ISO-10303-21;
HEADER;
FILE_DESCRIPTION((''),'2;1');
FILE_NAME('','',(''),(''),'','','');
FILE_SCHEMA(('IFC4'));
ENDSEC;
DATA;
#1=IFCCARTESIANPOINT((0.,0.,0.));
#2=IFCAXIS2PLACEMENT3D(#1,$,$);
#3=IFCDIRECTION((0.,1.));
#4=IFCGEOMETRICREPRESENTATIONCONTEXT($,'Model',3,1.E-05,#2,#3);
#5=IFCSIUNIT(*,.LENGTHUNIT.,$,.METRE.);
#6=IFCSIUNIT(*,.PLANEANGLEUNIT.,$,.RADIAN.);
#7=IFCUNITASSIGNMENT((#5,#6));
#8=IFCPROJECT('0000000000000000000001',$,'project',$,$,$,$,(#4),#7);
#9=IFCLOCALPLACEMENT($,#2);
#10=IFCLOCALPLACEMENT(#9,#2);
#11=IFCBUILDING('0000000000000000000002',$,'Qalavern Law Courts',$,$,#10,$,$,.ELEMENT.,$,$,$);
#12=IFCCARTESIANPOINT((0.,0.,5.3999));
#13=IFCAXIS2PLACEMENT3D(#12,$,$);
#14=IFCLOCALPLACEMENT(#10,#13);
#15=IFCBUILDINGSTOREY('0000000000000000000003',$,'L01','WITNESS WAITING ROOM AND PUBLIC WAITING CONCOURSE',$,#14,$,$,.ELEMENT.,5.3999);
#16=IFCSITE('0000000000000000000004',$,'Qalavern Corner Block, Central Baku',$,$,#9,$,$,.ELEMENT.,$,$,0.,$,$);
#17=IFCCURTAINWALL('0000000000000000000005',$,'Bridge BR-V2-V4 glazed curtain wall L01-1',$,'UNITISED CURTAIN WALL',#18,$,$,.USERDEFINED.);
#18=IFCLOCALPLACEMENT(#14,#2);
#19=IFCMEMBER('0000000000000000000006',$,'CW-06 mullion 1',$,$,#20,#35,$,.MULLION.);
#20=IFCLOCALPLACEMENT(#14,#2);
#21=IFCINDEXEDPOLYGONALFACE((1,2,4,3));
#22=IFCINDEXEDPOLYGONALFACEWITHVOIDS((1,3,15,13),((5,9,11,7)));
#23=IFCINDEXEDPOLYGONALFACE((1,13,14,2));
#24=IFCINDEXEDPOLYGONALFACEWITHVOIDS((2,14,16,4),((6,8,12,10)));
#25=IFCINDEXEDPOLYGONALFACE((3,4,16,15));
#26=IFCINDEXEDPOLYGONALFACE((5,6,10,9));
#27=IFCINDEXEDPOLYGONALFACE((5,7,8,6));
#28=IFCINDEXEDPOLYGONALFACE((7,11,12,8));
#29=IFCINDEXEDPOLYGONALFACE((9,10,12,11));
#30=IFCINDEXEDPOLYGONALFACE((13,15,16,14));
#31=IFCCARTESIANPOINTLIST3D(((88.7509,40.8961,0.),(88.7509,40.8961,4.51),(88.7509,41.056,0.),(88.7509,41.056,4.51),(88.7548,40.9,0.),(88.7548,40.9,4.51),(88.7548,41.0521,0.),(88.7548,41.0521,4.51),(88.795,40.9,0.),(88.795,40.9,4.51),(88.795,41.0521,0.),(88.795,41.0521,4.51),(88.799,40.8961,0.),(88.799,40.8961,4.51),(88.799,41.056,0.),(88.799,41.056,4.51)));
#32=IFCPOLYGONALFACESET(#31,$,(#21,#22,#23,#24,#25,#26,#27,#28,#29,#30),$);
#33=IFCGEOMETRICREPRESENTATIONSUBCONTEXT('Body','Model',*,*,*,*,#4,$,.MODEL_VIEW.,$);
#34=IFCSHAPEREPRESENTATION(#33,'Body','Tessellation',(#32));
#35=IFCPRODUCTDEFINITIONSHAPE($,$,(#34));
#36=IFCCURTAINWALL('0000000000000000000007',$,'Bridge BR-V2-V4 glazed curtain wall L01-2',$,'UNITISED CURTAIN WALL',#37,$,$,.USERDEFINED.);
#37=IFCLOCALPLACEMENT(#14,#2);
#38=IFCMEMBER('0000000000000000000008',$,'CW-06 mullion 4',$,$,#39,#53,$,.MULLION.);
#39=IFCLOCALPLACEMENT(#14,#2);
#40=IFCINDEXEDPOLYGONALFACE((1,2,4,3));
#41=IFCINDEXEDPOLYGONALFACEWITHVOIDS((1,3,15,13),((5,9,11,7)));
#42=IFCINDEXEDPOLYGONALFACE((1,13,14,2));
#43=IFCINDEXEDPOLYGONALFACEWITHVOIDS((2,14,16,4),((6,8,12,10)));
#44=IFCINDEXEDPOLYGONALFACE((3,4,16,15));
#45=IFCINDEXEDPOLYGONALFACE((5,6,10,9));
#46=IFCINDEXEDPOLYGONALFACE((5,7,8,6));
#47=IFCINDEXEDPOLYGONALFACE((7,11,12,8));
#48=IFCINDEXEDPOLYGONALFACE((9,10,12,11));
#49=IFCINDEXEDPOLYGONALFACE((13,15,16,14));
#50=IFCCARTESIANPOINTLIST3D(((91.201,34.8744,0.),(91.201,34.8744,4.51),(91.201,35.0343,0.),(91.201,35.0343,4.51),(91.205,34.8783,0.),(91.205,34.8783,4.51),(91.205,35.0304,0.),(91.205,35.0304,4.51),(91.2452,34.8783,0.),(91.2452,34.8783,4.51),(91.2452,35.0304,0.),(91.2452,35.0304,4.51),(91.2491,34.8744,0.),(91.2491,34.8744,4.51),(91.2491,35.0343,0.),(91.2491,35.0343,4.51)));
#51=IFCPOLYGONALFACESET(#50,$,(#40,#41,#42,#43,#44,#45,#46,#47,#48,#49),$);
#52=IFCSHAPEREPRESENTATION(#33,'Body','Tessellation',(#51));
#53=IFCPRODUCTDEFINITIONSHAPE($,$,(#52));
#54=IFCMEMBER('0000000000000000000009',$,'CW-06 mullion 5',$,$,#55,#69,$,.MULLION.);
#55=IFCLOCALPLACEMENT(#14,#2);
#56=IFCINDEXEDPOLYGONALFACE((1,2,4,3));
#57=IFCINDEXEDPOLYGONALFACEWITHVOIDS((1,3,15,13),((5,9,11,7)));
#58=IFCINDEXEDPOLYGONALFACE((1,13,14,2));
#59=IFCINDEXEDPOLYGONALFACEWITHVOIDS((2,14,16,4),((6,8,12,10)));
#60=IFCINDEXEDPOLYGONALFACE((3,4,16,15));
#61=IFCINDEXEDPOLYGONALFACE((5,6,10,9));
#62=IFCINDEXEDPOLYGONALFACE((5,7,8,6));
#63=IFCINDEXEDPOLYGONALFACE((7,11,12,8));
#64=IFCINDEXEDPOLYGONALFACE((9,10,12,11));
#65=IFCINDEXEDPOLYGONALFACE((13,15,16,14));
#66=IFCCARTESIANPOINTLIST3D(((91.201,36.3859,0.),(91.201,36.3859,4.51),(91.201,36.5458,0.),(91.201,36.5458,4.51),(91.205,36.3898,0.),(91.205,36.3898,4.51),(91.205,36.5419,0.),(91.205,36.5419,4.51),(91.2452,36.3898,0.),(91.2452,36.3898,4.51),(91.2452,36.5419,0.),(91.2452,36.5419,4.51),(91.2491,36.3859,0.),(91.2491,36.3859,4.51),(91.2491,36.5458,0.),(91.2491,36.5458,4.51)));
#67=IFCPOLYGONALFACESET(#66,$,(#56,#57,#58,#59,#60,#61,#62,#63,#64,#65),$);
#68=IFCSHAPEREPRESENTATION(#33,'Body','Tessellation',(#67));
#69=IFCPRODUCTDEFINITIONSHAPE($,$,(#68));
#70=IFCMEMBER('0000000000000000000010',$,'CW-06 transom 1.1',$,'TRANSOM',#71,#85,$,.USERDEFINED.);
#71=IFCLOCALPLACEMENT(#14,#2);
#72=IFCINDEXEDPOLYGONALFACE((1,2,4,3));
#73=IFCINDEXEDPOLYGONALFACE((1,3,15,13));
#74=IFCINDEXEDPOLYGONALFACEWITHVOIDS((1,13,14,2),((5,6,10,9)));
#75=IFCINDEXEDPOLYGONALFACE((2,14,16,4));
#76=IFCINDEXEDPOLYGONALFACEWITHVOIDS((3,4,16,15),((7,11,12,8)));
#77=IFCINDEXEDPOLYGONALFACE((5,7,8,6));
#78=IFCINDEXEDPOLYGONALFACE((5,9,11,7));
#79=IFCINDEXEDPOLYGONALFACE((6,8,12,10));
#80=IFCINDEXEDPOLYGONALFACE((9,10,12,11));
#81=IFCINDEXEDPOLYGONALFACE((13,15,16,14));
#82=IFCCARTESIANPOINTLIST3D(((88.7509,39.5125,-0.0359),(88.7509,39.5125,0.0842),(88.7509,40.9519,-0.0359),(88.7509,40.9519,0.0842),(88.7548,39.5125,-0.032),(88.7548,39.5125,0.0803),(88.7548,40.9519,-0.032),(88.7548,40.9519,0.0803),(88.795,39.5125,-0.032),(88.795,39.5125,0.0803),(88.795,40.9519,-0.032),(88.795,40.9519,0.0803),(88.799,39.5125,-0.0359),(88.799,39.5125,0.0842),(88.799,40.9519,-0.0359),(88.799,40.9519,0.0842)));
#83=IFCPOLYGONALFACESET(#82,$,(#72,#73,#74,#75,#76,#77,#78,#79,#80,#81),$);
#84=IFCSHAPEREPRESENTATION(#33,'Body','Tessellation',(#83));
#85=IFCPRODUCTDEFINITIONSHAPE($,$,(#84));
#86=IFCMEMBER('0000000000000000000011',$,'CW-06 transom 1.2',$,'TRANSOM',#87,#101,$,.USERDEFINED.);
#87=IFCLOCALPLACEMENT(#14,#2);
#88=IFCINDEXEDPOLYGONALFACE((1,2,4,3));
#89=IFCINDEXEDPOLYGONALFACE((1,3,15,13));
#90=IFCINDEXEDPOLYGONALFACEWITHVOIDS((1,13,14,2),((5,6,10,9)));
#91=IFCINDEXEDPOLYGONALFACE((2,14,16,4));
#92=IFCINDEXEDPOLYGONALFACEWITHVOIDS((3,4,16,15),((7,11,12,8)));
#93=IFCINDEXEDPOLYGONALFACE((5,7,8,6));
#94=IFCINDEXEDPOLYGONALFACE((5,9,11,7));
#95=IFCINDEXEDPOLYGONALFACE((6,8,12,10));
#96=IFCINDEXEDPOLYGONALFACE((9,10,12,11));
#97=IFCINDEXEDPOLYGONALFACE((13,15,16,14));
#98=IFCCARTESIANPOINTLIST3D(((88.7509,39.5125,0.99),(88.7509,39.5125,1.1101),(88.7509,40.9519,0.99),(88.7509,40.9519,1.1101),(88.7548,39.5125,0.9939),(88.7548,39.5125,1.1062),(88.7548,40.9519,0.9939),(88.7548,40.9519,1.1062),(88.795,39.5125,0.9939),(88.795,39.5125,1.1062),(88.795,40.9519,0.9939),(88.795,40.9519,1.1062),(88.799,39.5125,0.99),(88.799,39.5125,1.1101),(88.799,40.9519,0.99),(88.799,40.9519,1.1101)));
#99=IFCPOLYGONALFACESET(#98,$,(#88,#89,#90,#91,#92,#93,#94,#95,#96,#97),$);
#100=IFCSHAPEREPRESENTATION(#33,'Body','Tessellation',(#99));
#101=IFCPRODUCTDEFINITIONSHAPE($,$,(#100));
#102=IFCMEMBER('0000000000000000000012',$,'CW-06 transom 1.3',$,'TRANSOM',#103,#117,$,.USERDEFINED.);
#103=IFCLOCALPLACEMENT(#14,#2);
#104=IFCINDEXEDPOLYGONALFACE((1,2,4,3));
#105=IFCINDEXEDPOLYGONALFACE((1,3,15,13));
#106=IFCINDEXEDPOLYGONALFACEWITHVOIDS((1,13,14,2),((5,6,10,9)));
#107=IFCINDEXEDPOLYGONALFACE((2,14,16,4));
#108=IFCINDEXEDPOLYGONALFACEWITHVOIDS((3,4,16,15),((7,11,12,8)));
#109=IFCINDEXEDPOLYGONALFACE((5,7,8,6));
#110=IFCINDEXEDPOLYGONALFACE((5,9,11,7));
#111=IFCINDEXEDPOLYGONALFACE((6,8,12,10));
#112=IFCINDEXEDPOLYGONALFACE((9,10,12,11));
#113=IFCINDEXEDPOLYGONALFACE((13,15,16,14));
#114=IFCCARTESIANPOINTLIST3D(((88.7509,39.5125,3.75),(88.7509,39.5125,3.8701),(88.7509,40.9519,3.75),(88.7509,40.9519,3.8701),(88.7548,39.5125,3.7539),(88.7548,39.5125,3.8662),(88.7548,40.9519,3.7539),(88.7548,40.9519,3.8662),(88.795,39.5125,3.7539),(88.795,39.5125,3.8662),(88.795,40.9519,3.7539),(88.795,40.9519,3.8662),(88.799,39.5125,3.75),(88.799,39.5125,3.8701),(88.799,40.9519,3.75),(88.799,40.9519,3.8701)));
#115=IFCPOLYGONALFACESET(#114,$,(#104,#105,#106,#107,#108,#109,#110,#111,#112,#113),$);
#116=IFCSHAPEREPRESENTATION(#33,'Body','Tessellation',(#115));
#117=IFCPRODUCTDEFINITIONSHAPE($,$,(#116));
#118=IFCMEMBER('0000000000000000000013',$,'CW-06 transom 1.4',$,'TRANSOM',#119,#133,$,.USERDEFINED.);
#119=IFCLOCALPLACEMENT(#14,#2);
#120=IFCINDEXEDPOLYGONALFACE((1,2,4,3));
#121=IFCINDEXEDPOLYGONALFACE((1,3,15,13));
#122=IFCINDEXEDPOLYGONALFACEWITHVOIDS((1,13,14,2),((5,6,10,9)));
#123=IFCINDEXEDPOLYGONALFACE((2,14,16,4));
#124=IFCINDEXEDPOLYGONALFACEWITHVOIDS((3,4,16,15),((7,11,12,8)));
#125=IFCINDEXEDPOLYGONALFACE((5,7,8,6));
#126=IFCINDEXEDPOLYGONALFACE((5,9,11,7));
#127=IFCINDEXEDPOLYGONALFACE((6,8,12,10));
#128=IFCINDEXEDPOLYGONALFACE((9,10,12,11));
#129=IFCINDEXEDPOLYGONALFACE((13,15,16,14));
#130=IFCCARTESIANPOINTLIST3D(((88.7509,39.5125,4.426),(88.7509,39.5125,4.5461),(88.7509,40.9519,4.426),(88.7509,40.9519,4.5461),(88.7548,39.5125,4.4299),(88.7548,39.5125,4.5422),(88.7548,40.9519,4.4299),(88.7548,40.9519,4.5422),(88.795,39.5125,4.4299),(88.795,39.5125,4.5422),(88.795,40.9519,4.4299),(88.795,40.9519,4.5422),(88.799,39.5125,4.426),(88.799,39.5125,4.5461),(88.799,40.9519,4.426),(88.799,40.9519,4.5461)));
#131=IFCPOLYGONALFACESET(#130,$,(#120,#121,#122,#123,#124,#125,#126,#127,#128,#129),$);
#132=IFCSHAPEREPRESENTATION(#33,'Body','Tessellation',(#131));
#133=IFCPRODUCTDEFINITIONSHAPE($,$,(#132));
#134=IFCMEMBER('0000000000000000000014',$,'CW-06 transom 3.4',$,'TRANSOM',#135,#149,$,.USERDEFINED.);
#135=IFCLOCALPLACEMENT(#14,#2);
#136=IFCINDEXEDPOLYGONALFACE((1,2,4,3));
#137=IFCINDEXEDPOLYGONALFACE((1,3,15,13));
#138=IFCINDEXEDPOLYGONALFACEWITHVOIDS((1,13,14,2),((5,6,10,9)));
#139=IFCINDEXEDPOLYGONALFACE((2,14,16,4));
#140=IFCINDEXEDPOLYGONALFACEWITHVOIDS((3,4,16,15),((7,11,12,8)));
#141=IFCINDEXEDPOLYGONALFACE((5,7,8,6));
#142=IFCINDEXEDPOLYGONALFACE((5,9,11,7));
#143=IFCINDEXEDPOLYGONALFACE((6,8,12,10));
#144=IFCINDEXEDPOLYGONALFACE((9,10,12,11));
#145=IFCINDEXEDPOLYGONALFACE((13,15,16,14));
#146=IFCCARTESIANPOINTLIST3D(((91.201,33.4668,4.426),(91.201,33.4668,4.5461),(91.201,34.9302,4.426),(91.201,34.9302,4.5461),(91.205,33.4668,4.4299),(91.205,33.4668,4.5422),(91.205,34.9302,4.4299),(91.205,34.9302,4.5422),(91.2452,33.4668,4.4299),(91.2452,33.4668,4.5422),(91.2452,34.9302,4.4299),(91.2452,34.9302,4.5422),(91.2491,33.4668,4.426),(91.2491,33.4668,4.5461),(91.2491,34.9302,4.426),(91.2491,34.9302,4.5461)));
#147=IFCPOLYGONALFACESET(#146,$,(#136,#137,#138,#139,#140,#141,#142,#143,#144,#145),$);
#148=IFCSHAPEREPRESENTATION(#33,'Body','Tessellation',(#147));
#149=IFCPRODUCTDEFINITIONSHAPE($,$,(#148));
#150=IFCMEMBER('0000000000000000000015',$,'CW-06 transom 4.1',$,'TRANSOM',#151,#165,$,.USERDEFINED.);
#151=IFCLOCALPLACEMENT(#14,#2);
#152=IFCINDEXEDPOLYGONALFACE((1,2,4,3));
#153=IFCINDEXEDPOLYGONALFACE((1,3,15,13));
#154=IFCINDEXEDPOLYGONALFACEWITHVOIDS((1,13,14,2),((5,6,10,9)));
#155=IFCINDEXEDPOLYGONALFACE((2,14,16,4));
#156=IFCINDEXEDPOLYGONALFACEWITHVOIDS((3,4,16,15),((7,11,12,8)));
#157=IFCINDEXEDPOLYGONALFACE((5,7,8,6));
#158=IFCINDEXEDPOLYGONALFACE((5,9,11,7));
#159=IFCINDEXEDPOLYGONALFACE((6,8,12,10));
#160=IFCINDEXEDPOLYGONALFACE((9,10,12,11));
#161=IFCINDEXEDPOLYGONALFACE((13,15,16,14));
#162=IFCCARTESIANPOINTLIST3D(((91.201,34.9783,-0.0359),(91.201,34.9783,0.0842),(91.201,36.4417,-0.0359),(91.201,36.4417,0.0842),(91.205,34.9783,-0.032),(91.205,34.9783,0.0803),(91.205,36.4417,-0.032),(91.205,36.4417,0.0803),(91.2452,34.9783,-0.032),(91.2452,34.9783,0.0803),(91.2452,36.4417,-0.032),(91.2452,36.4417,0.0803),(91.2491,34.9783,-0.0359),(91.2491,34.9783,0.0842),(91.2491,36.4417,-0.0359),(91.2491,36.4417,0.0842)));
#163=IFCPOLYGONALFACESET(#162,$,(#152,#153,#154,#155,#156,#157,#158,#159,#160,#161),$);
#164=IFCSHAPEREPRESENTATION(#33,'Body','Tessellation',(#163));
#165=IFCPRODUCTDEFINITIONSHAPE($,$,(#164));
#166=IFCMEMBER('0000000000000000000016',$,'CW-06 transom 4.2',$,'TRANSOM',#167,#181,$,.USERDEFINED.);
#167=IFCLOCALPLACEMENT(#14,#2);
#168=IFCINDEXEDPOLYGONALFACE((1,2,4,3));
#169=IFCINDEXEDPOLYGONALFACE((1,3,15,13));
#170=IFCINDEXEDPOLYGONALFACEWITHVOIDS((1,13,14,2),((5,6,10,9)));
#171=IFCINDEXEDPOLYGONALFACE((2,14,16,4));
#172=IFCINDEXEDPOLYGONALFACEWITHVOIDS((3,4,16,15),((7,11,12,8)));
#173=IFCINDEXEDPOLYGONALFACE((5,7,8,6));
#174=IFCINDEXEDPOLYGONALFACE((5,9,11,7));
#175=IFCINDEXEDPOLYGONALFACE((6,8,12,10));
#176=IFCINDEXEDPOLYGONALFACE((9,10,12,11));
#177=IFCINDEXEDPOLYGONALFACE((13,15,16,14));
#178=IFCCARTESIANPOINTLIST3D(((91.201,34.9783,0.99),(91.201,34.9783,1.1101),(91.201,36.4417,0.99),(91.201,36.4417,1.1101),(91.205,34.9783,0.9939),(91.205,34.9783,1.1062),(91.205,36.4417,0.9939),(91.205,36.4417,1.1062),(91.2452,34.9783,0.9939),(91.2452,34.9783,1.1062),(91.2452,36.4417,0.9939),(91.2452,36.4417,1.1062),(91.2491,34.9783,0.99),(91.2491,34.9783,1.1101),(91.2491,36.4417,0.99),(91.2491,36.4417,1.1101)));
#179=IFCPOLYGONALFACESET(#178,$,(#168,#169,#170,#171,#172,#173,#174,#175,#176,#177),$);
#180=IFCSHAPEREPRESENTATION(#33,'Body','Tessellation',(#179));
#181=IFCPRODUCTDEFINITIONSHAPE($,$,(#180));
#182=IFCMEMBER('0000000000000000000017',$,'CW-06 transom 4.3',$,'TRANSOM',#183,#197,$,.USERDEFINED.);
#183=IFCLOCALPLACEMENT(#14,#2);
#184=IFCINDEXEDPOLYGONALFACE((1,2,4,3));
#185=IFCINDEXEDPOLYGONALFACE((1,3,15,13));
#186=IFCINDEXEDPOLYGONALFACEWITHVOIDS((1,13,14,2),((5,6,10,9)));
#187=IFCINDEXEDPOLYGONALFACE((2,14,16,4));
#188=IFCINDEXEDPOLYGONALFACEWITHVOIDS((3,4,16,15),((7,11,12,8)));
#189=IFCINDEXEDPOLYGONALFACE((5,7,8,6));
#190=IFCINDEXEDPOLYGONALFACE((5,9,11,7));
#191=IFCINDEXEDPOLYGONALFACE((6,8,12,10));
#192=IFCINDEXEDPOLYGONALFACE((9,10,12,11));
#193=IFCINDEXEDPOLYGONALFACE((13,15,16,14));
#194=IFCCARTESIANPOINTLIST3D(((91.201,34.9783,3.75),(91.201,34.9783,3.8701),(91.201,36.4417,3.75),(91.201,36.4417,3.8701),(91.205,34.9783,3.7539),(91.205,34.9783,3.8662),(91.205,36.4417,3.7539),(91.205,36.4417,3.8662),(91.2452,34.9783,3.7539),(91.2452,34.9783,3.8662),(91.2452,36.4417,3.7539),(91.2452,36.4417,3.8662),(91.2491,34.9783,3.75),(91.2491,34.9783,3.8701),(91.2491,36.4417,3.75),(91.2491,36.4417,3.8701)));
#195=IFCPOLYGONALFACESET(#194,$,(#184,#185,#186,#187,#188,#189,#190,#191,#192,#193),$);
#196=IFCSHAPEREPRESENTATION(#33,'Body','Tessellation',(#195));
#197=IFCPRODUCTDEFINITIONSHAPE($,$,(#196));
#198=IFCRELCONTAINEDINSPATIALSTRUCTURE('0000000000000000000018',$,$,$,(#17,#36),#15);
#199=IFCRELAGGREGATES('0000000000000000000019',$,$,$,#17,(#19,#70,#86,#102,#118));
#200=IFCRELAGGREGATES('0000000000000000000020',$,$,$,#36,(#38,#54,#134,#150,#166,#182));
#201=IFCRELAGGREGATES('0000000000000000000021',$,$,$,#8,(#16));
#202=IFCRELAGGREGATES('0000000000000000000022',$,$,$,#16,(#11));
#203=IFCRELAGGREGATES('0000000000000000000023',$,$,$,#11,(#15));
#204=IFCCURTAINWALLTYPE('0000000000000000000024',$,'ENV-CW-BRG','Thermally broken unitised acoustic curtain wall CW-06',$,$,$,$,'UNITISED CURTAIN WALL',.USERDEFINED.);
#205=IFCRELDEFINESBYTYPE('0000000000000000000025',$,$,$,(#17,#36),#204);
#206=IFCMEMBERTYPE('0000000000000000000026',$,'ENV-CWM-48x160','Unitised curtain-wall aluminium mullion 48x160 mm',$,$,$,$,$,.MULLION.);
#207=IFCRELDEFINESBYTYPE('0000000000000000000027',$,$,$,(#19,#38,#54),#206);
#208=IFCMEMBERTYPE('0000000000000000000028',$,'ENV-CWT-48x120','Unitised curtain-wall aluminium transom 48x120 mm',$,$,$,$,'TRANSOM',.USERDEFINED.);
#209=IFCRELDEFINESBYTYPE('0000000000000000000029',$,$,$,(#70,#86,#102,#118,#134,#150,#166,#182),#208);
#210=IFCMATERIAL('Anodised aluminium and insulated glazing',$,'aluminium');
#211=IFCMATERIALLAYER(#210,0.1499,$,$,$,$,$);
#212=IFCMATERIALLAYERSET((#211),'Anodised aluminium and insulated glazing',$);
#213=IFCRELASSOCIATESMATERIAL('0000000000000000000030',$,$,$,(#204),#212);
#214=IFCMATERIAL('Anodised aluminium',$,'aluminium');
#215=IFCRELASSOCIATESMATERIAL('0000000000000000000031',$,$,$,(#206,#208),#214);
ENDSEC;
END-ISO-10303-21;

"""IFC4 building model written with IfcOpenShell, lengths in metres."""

from ifc_helpers import new_model, si_unit, direction, frame, origin, origin_2d, place, context, subcontext, project, spatial, hollow_rectangle, extrude, material, layer, layer_set, material_profile, profile_set, type_object, element, aggregate, save


model = new_model("IFC4")

# Units and contexts
model_context = context("Model", 3, precision=1e-05, world=origin(), true_north=direction((0.0, 1.0)))
body_context = subcontext(model_context, "Body", "Model", "MODEL_VIEW")
ifc_project = project(units=[si_unit("LENGTHUNIT", "METRE"), si_unit("PLANEANGLEUNIT", "RADIAN")], contexts=[model_context])

# Site, building, storey
site_placement = place(None, origin())
site = spatial("IfcSite", under=ifc_project, at=site_placement, Name="Qalavern Corner Block, Central Baku", CompositionType="ELEMENT", RefElevation=0.0)
building_placement = place(site_placement, origin())
building = spatial("IfcBuilding", under=site, at=building_placement, Name="Qalavern Law Courts", CompositionType="ELEMENT")
storey_placement = place(building_placement, frame((0.0, 0.0, 5.3999)))
storey = spatial("IfcBuildingStorey", under=building, at=storey_placement, Name="L01", Description="WITNESS WAITING ROOM AND PUBLIC WAITING CONCOURSE", CompositionType="ELEMENT", Elevation=5.3999)

# Curtain wall, member
ifc_material_1 = material(Name="Anodised aluminium and insulated glazing", Category="aluminium")
ifc_layer_1 = layer(ifc_material_1, 0.1499)
ifc_layer_set_1 = layer_set([ifc_layer_1], Name="Anodised aluminium and insulated glazing")
curtain_wall_type = type_object("IfcCurtainWallType", Name="ENV-CW-BRG", Description="Thermally broken unitised acoustic curtain wall CW-06", ElementType="UNITISED CURTAIN WALL", PredefinedType="USERDEFINED", material=ifc_layer_set_1)
curtain_wall_1_placement = place(storey_placement, origin())
curtain_wall_1 = element("IfcCurtainWall", 1, at=curtain_wall_1_placement, inside=storey, type_object=curtain_wall_type, Name="Bridge BR-V2-V4 glazed curtain wall L01-1", ObjectType="UNITISED CURTAIN WALL", PredefinedType="USERDEFINED")
ifc_material_2 = material(Name="Anodised aluminium", Category="aluminium")
ifc_material_profile_1 = material_profile(ifc_material_2, hollow_rectangle(XDim=0.0481, YDim=0.1599, WallThickness=0.0039, at=origin_2d()), Name="ALU MULLION 48x160")
ifc_profile_set_1 = profile_set([ifc_material_profile_1], Name="Anodised aluminium")
member_type_1 = type_object("IfcMemberType", Name="ENV-CWM-48x160", Description="Unitised curtain-wall aluminium mullion 48x160 mm", PredefinedType="MULLION", material=ifc_profile_set_1)
member_1_placement = place(storey_placement, frame((88.7749, 40.9761, 0.0), z_axis=(0.0, 0.0, 1.0), x_axis=(1.0, 0.0, 0.0)))
member_1 = element("IfcMember", 2, at=member_1_placement, type_object=member_type_1, Name="CW-06 mullion 1", PredefinedType="MULLION", context=body_context, shape_type="SweptSolid", body=[
    extrude(hollow_rectangle(XDim=0.0481, YDim=0.1599, WallThickness=0.0039, at=origin_2d()), origin(), (0.0, 0.0, 1.0), 4.51),
])

# Curtain wall, members
curtain_wall_2_placement = place(storey_placement, origin())
curtain_wall_2 = element("IfcCurtainWall", 3, at=curtain_wall_2_placement, inside=storey, type_object=curtain_wall_type, Name="Bridge BR-V2-V4 glazed curtain wall L01-2", ObjectType="UNITISED CURTAIN WALL", PredefinedType="USERDEFINED")
member_2_placement = place(storey_placement, frame((91.2251, 34.9543, 0.0), z_axis=(0.0, 0.0, 1.0), x_axis=(-1.0, 0.0, 0.0)))
member_2 = element("IfcMember", 4, at=member_2_placement, type_object=member_type_1, Name="CW-06 mullion 4", PredefinedType="MULLION", context=body_context, shape_type="SweptSolid", body=[
    extrude(hollow_rectangle(XDim=0.0481, YDim=0.1599, WallThickness=0.0039, at=origin_2d()), origin(), (0.0, 0.0, 1.0), 4.51),
])
member_3_placement = place(storey_placement, frame((91.2251, 36.4658, 0.0), z_axis=(0.0, 0.0, 1.0), x_axis=(-1.0, 0.0, 0.0)))
member_3 = element("IfcMember", 5, at=member_3_placement, type_object=member_type_1, Name="CW-06 mullion 5", PredefinedType="MULLION", context=body_context, shape_type="SweptSolid", body=[
    extrude(hollow_rectangle(XDim=0.0481, YDim=0.1599, WallThickness=0.0039, at=origin_2d()), origin(), (0.0, 0.0, 1.0), 4.51),
])

# Members
ifc_material_profile_2 = material_profile(ifc_material_2, hollow_rectangle(XDim=0.0481, YDim=0.1201, WallThickness=0.0039, at=origin_2d()), Name="ALU TRANSOM 48x120")
ifc_profile_set_2 = profile_set([ifc_material_profile_2], Name="Anodised aluminium")
member_type_2 = type_object("IfcMemberType", Name="ENV-CWT-48x120", Description="Unitised curtain-wall aluminium transom 48x120 mm", ElementType="TRANSOM", PredefinedType="USERDEFINED", material=ifc_profile_set_2)
member_4_placement = place(storey_placement, frame((88.7749, 40.9519, 0.0242), z_axis=(0.0, -1.0, 0.0), x_axis=(1.0, 0.0, 0.0)))
member_4 = element("IfcMember", 6, at=member_4_placement, type_object=member_type_2, Name="CW-06 transom 1.1", ObjectType="TRANSOM", PredefinedType="USERDEFINED", context=body_context, shape_type="SweptSolid", body=[
    extrude(hollow_rectangle(XDim=0.0481, YDim=0.1201, WallThickness=0.0039, at=origin_2d()), origin(), (0.0, 0.0, 1.0), 1.4395),
])
member_5_placement = place(storey_placement, frame((88.7749, 40.9519, 1.05), z_axis=(0.0, -1.0, 0.0), x_axis=(1.0, 0.0, 0.0)))
member_5 = element("IfcMember", 7, at=member_5_placement, type_object=member_type_2, Name="CW-06 transom 1.2", ObjectType="TRANSOM", PredefinedType="USERDEFINED", context=body_context, shape_type="SweptSolid", body=[
    extrude(hollow_rectangle(XDim=0.0481, YDim=0.1201, WallThickness=0.0039, at=origin_2d()), origin(), (0.0, 0.0, 1.0), 1.4395),
])
member_6_placement = place(storey_placement, frame((88.7749, 40.9519, 3.8101), z_axis=(0.0, -1.0, 0.0), x_axis=(1.0, 0.0, 0.0)))
member_6 = element("IfcMember", 8, at=member_6_placement, type_object=member_type_2, Name="CW-06 transom 1.3", ObjectType="TRANSOM", PredefinedType="USERDEFINED", context=body_context, shape_type="SweptSolid", body=[
    extrude(hollow_rectangle(XDim=0.0481, YDim=0.1201, WallThickness=0.0039, at=origin_2d()), origin(), (0.0, 0.0, 1.0), 1.4395),
])
member_7_placement = place(storey_placement, frame((88.7749, 40.9519, 4.4861), z_axis=(0.0, -1.0, 0.0), x_axis=(1.0, 0.0, 0.0)))
member_7 = element("IfcMember", 9, at=member_7_placement, type_object=member_type_2, Name="CW-06 transom 1.4", ObjectType="TRANSOM", PredefinedType="USERDEFINED", context=body_context, shape_type="SweptSolid", body=[
    extrude(hollow_rectangle(XDim=0.0481, YDim=0.1201, WallThickness=0.0039, at=origin_2d()), origin(), (0.0, 0.0, 1.0), 1.4395),
])
member_8_placement = place(storey_placement, frame((91.2251, 33.4668, 4.4861), z_axis=(0.0, 1.0, 0.0), x_axis=(-1.0, 0.0, 0.0)))
member_8 = element("IfcMember", 10, at=member_8_placement, type_object=member_type_2, Name="CW-06 transom 3.4", ObjectType="TRANSOM", PredefinedType="USERDEFINED", context=body_context, shape_type="SweptSolid", body=[
    extrude(hollow_rectangle(XDim=0.0481, YDim=0.1201, WallThickness=0.0039, at=origin_2d()), origin(), (0.0, 0.0, 1.0), 1.4634),
])
member_9_placement = place(storey_placement, frame((91.2251, 34.9783, 0.0242), z_axis=(0.0, 1.0, 0.0), x_axis=(-1.0, 0.0, 0.0)))
member_9 = element("IfcMember", 11, at=member_9_placement, type_object=member_type_2, Name="CW-06 transom 4.1", ObjectType="TRANSOM", PredefinedType="USERDEFINED", context=body_context, shape_type="SweptSolid", body=[
    extrude(hollow_rectangle(XDim=0.0481, YDim=0.1201, WallThickness=0.0039, at=origin_2d()), origin(), (0.0, 0.0, 1.0), 1.4634),
])
member_10_placement = place(storey_placement, frame((91.2251, 34.9783, 1.05), z_axis=(0.0, 1.0, 0.0), x_axis=(-1.0, 0.0, 0.0)))
member_10 = element("IfcMember", 12, at=member_10_placement, type_object=member_type_2, Name="CW-06 transom 4.2", ObjectType="TRANSOM", PredefinedType="USERDEFINED", context=body_context, shape_type="SweptSolid", body=[
    extrude(hollow_rectangle(XDim=0.0481, YDim=0.1201, WallThickness=0.0039, at=origin_2d()), origin(), (0.0, 0.0, 1.0), 1.4634),
])
member_11_placement = place(storey_placement, frame((91.2251, 34.9783, 3.8101), z_axis=(0.0, 1.0, 0.0), x_axis=(-1.0, 0.0, 0.0)))
member_11 = element("IfcMember", 13, at=member_11_placement, type_object=member_type_2, Name="CW-06 transom 4.3", ObjectType="TRANSOM", PredefinedType="USERDEFINED", context=body_context, shape_type="SweptSolid", body=[
    extrude(hollow_rectangle(XDim=0.0481, YDim=0.1201, WallThickness=0.0039, at=origin_2d()), origin(), (0.0, 0.0, 1.0), 1.4634),
])

aggregate(curtain_wall_1, [member_1, member_4, member_5, member_6, member_7])
aggregate(curtain_wall_2, [member_2, member_3, member_8, member_9, member_10, member_11])

save(model, "model.ifc")
